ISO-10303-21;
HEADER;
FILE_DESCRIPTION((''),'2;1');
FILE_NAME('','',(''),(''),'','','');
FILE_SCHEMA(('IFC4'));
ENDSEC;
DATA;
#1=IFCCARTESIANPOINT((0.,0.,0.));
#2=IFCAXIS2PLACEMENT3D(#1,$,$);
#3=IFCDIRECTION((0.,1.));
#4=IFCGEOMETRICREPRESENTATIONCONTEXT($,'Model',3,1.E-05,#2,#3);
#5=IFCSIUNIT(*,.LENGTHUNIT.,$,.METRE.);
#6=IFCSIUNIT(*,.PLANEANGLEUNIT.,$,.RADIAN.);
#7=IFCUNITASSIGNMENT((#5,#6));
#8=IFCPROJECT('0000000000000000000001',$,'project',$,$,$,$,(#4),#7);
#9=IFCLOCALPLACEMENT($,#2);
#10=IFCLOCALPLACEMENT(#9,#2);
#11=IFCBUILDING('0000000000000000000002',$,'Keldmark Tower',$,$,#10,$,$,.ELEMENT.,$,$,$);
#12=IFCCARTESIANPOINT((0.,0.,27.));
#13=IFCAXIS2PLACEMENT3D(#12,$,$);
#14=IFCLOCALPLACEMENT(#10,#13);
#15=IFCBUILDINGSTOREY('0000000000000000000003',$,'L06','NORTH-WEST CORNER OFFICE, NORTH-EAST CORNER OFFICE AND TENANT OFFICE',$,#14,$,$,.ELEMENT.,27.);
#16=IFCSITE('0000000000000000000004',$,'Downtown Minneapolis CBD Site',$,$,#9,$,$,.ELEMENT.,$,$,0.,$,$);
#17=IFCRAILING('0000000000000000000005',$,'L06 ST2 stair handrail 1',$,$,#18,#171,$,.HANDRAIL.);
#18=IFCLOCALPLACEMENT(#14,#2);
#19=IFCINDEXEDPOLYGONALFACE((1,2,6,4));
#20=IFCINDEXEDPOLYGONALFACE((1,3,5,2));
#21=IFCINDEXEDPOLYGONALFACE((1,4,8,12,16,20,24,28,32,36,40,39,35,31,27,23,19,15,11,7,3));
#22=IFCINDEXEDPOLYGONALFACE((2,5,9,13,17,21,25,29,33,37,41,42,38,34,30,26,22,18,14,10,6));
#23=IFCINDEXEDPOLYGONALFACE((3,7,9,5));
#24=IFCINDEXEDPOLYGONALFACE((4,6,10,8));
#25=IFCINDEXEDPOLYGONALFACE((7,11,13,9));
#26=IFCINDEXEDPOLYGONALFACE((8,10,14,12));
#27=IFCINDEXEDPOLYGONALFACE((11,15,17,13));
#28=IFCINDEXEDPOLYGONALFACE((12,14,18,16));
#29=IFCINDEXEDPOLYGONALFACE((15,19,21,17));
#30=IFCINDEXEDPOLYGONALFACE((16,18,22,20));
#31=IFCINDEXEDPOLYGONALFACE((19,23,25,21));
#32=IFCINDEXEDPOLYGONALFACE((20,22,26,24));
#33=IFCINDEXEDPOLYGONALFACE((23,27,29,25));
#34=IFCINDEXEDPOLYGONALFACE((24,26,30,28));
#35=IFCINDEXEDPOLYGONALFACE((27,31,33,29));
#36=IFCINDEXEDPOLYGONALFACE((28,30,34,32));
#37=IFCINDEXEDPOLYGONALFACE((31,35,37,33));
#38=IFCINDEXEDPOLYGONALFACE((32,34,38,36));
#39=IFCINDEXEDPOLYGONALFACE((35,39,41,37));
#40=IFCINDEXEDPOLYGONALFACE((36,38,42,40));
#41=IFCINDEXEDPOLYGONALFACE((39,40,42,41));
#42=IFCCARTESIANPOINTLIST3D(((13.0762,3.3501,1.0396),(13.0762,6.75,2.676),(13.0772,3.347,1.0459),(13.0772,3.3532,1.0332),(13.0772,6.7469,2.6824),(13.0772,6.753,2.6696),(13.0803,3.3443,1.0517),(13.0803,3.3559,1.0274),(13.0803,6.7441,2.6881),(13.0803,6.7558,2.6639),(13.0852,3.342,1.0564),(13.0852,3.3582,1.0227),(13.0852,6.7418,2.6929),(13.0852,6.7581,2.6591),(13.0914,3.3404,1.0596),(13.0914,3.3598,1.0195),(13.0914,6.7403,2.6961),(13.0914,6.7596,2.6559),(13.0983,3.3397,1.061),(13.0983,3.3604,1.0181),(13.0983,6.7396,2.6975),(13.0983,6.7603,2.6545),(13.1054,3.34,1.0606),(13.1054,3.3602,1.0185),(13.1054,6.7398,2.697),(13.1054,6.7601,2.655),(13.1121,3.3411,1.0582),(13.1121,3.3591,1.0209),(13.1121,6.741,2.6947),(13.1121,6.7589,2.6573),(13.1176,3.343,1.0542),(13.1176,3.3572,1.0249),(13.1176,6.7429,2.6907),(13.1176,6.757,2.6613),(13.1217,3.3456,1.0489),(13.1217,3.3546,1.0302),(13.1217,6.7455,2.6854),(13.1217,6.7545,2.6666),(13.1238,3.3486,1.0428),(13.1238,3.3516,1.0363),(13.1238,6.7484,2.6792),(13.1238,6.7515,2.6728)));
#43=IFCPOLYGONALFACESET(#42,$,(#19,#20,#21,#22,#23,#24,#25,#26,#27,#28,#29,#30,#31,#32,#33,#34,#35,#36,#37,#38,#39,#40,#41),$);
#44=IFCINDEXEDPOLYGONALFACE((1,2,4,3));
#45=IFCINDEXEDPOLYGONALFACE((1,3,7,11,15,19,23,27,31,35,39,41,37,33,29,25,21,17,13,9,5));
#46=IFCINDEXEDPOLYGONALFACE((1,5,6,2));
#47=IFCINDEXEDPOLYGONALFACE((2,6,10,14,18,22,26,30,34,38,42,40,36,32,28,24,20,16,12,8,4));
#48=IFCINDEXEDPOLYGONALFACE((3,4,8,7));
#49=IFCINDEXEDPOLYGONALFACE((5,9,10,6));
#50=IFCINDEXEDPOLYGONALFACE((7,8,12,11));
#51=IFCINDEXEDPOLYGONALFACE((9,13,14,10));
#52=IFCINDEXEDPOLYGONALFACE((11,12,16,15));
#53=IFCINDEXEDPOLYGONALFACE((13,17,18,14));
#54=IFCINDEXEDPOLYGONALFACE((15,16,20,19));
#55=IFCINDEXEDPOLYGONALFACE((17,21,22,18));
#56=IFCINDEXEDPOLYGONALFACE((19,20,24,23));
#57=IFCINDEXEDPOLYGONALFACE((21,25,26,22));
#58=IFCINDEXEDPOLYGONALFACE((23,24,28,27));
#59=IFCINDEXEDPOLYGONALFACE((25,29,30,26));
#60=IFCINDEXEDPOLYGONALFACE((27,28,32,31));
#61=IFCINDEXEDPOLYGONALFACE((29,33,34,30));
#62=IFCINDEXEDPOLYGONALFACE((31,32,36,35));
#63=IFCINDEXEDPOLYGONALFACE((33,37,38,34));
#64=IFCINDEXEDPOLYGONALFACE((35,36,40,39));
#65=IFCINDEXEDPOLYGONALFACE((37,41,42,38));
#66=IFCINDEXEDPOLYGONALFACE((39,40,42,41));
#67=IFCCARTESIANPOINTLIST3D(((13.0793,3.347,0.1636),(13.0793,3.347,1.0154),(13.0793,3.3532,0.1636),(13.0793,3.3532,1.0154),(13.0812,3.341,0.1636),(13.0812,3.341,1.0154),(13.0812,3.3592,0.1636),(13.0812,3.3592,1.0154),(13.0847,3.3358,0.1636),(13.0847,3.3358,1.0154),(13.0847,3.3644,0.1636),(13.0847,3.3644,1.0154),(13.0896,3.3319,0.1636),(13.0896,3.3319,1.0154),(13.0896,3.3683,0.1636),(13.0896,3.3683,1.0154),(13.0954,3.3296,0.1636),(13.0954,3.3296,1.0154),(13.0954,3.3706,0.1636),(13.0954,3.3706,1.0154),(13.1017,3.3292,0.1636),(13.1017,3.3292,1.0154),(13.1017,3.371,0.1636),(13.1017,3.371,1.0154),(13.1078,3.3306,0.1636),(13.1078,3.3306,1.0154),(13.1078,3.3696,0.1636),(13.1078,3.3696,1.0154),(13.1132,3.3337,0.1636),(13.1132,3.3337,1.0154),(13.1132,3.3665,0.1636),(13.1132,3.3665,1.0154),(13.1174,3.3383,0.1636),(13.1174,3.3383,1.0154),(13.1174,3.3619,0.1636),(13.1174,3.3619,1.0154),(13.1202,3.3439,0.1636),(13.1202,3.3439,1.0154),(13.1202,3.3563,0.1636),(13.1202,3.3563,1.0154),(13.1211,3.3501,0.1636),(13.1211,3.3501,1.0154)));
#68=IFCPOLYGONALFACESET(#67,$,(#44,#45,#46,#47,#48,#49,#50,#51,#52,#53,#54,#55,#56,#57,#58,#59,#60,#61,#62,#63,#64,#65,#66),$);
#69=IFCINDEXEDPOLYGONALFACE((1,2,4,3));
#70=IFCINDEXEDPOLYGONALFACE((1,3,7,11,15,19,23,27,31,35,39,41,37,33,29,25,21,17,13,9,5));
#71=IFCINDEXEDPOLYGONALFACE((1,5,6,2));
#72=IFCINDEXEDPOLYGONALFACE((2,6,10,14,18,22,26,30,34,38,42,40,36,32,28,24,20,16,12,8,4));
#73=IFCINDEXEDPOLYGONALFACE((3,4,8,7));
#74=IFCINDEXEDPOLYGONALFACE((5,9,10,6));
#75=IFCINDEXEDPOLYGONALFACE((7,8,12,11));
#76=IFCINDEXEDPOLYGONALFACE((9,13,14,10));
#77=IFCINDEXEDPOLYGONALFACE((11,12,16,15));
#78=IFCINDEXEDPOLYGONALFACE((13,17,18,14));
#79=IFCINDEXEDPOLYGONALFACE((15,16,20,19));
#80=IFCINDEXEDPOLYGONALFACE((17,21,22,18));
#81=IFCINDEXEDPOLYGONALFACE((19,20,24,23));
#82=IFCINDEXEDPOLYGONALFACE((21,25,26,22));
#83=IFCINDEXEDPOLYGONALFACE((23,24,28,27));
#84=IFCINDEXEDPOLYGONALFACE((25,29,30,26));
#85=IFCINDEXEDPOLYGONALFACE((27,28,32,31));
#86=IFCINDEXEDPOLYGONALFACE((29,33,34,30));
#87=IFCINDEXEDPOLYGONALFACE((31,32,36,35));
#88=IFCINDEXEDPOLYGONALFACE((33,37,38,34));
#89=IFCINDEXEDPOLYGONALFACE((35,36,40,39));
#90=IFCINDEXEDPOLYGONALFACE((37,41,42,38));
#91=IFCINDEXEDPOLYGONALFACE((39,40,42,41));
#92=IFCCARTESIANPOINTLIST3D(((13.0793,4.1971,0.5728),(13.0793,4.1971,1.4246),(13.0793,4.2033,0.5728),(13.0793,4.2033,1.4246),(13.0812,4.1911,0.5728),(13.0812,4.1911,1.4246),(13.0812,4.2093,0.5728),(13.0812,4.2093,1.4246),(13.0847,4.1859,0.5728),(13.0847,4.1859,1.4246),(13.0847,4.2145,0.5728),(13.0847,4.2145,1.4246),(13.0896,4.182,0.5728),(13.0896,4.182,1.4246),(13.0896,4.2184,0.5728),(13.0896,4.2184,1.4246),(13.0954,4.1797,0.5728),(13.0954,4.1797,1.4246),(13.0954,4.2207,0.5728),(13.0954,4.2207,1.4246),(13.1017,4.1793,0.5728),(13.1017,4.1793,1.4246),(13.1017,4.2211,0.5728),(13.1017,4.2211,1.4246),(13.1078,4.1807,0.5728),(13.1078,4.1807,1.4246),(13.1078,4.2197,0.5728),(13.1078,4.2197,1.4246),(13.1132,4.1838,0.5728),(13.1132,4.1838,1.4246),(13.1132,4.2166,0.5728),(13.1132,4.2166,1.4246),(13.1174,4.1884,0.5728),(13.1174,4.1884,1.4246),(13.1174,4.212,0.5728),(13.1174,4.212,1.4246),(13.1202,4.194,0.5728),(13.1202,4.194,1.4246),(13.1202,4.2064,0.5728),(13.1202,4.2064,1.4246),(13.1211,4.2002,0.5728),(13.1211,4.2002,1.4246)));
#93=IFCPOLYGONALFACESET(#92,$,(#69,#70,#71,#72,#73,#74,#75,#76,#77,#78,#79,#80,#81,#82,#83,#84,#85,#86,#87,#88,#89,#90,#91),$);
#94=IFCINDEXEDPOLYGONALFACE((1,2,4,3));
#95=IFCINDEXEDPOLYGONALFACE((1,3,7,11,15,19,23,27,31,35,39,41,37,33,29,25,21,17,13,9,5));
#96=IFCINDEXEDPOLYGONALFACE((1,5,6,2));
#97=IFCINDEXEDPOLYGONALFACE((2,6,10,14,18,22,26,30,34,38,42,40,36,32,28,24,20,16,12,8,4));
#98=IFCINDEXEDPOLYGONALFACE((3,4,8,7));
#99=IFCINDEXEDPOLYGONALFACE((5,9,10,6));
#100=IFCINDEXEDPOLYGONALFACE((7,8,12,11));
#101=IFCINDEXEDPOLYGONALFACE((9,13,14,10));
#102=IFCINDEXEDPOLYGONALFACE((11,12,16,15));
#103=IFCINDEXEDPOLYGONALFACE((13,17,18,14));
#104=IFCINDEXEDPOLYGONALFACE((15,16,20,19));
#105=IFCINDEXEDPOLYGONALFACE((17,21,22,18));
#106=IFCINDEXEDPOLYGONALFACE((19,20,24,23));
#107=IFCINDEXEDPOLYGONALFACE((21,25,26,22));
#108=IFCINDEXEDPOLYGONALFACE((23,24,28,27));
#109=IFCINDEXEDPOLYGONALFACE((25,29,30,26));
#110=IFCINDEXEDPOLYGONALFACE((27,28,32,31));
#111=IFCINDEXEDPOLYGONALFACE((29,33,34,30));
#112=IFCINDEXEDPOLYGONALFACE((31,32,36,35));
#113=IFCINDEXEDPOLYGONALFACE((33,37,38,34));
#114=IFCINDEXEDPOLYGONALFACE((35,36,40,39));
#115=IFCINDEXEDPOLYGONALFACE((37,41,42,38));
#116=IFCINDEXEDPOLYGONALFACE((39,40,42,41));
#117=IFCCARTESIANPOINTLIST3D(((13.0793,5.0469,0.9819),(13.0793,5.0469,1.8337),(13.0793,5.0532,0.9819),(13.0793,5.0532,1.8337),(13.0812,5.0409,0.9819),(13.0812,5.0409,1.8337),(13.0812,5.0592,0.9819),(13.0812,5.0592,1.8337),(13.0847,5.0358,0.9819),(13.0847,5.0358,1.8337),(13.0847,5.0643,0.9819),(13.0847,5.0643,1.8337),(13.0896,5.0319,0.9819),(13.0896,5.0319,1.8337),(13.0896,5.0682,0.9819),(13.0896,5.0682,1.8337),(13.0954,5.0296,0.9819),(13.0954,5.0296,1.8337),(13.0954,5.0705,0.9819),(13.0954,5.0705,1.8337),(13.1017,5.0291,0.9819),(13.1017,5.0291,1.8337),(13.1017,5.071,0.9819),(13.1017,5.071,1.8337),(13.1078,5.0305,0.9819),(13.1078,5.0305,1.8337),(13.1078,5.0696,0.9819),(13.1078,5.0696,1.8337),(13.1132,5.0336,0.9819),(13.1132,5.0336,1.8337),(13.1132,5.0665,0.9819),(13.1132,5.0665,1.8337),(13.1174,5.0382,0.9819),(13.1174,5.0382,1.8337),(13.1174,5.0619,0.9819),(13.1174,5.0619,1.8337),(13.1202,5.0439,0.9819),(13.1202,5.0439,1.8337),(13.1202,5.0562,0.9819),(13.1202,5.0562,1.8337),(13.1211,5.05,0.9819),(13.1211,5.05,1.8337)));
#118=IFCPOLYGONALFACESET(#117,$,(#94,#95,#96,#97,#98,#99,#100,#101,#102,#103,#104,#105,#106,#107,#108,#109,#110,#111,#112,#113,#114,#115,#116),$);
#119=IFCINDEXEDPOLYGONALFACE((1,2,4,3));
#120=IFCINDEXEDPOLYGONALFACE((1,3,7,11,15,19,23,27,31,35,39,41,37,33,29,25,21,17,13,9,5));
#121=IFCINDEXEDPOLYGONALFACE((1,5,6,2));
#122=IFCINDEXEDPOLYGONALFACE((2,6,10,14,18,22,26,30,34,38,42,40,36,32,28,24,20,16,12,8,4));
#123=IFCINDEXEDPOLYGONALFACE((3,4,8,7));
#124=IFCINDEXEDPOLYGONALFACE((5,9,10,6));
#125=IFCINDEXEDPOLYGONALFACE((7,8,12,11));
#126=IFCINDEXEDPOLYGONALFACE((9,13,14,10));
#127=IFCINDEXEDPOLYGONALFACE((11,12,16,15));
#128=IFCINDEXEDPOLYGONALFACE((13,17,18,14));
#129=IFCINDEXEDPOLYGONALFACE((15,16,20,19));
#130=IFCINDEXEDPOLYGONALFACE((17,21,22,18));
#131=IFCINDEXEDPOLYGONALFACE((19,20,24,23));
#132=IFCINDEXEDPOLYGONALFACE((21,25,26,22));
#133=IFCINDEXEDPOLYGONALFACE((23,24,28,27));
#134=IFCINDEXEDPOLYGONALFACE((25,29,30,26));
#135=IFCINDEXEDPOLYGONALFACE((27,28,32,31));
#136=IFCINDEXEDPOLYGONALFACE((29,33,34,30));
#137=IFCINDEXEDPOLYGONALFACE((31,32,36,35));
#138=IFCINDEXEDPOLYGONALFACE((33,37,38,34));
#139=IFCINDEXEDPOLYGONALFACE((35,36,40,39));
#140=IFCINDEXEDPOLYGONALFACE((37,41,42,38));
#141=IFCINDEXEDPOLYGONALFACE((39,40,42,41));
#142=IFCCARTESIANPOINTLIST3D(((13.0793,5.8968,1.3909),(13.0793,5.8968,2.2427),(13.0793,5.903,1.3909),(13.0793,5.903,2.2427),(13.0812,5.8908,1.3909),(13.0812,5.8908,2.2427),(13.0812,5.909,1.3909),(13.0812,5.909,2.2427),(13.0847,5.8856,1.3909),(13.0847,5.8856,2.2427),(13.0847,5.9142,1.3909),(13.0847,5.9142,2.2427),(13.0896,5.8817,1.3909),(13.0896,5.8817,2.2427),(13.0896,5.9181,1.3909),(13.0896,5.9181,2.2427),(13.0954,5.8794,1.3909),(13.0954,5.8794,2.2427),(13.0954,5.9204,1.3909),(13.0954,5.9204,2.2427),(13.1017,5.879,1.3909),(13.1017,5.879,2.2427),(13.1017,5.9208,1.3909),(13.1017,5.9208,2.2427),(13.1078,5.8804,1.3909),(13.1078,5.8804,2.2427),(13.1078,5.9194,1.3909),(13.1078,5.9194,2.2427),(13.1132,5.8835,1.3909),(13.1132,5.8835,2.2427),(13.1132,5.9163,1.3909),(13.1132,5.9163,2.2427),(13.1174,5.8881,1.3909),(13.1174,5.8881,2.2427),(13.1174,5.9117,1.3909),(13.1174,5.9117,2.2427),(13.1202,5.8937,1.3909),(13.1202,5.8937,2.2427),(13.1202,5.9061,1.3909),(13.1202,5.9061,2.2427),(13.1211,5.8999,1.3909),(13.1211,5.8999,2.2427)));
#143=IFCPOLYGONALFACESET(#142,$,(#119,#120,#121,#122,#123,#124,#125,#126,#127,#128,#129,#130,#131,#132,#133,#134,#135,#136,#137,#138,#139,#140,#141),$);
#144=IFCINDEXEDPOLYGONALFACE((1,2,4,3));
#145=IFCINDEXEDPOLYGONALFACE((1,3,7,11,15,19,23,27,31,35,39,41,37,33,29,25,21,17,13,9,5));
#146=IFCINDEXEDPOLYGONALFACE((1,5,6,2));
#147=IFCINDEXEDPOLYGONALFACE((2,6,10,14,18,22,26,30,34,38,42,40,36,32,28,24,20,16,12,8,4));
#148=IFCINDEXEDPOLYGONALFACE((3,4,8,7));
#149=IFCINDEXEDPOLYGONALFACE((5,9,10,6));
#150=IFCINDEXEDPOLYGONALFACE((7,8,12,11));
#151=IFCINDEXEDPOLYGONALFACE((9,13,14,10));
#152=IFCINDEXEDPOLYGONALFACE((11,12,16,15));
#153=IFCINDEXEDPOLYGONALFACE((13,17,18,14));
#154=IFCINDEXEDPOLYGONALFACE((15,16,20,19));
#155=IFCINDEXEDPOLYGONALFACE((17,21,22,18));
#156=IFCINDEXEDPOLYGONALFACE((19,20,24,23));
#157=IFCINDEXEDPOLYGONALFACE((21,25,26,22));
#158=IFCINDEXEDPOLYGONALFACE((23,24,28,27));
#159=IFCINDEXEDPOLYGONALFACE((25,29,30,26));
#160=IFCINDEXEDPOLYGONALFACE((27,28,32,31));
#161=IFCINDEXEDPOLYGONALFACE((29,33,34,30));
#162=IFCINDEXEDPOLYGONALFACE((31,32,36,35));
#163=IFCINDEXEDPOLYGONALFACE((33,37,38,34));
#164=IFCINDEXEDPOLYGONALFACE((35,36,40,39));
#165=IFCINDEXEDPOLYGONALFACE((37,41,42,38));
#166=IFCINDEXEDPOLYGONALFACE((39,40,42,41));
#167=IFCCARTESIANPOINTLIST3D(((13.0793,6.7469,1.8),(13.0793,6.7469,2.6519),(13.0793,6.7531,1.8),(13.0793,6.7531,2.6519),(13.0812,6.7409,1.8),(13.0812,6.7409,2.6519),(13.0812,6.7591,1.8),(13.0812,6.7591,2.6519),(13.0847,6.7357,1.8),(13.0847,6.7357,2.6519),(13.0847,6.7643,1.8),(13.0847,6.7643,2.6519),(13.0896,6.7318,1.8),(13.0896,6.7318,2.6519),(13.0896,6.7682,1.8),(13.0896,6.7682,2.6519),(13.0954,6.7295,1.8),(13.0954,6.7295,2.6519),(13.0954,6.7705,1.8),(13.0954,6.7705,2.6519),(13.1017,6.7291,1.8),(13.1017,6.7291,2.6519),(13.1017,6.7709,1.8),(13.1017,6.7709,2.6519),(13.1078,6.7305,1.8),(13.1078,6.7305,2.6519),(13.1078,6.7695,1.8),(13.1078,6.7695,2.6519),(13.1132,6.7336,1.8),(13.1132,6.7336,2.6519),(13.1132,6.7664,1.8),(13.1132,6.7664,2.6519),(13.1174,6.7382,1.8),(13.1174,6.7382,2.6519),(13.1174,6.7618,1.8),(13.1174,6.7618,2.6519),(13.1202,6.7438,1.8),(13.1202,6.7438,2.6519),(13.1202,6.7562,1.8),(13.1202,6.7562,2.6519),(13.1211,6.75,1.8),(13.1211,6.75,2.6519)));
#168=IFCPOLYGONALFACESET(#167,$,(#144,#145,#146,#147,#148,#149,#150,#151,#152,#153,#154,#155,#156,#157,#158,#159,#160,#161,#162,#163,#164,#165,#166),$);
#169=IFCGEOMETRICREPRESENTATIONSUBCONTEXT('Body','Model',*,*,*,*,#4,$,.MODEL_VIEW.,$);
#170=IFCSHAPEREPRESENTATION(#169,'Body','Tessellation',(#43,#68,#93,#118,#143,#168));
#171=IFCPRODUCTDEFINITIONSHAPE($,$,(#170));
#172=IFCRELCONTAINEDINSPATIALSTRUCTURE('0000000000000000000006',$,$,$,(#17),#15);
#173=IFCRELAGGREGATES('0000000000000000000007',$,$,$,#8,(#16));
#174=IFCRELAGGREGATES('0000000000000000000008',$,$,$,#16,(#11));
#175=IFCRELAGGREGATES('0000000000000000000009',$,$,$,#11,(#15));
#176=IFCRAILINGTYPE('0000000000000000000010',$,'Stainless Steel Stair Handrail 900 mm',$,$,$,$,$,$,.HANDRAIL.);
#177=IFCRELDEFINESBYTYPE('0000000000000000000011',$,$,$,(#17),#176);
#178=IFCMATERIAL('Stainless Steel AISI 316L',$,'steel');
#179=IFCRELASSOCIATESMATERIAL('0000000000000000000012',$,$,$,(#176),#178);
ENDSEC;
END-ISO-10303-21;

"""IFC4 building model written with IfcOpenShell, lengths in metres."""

from ifc_helpers import new_model, si_unit, direction, frame, origin, origin_2d, place, context, subcontext, project, spatial, circle, extrude, material, type_object, element, save


model = new_model("IFC4")

# Units and contexts
model_context = context("Model", 3, precision=1e-05, world=origin(), true_north=direction((0.0, 1.0)))
body_context = subcontext(model_context, "Body", "Model", "MODEL_VIEW")
ifc_project = project(units=[si_unit("LENGTHUNIT", "METRE"), si_unit("PLANEANGLEUNIT", "RADIAN")], contexts=[model_context])

# Site, building, storey
site_placement = place(None, origin())
site = spatial("IfcSite", under=ifc_project, at=site_placement, Name="Downtown Minneapolis CBD Site", CompositionType="ELEMENT", RefElevation=0.0)
building_placement = place(site_placement, origin())
building = spatial("IfcBuilding", under=site, at=building_placement, Name="Keldmark Tower", CompositionType="ELEMENT")
storey_placement = place(building_placement, frame((0.0, 0.0, 27.0)))
storey = spatial("IfcBuildingStorey", under=building, at=storey_placement, Name="L06", Description="NORTH-WEST CORNER OFFICE, NORTH-EAST CORNER OFFICE AND TENANT OFFICE", CompositionType="ELEMENT", Elevation=27.0)

# Railing
ifc_material_1 = material(Name="Stainless Steel AISI 316L", Category="steel")
railing_type = type_object("IfcRailingType", Name="Stainless Steel Stair Handrail 900 mm", PredefinedType="HANDRAIL", material=ifc_material_1)
railing_placement = place(storey_placement, frame((13.1001, 3.3501, 0.1636)))
element("IfcRailing", 1, at=railing_placement, inside=storey, type_object=railing_type, Name="L06 ST2 stair handrail 1", PredefinedType="HANDRAIL", context=body_context, shape_type="SweptSolid", body=[
    extrude(circle(Radius=0.0239, at=origin_2d()), frame((0.0, 0.0, 0.876), z_axis=(0.0, 0.901055, 0.433705), x_axis=(-1.0, 0.0, 0.0)), (0.0, 0.0, 1.0), 3.7732),
    extrude(circle(Radius=0.021, at=origin_2d()), origin(), (0.0, 0.0, 1.0), 0.8518),
    extrude(circle(Radius=0.021, at=origin_2d()), frame((0.0, 0.8501, 0.4092)), (0.0, 0.0, 1.0), 0.8518),
    extrude(circle(Radius=0.021, at=origin_2d()), frame((0.0, 1.7, 0.8184)), (0.0, 0.0, 1.0), 0.8518),
    extrude(circle(Radius=0.021, at=origin_2d()), frame((0.0, 2.5498, 1.2273)), (0.0, 0.0, 1.0), 0.8518),
    extrude(circle(Radius=0.021, at=origin_2d()), frame((0.0, 3.3999, 1.6365)), (0.0, 0.0, 1.0), 0.8518),
])

save(model, "model.ifc")
